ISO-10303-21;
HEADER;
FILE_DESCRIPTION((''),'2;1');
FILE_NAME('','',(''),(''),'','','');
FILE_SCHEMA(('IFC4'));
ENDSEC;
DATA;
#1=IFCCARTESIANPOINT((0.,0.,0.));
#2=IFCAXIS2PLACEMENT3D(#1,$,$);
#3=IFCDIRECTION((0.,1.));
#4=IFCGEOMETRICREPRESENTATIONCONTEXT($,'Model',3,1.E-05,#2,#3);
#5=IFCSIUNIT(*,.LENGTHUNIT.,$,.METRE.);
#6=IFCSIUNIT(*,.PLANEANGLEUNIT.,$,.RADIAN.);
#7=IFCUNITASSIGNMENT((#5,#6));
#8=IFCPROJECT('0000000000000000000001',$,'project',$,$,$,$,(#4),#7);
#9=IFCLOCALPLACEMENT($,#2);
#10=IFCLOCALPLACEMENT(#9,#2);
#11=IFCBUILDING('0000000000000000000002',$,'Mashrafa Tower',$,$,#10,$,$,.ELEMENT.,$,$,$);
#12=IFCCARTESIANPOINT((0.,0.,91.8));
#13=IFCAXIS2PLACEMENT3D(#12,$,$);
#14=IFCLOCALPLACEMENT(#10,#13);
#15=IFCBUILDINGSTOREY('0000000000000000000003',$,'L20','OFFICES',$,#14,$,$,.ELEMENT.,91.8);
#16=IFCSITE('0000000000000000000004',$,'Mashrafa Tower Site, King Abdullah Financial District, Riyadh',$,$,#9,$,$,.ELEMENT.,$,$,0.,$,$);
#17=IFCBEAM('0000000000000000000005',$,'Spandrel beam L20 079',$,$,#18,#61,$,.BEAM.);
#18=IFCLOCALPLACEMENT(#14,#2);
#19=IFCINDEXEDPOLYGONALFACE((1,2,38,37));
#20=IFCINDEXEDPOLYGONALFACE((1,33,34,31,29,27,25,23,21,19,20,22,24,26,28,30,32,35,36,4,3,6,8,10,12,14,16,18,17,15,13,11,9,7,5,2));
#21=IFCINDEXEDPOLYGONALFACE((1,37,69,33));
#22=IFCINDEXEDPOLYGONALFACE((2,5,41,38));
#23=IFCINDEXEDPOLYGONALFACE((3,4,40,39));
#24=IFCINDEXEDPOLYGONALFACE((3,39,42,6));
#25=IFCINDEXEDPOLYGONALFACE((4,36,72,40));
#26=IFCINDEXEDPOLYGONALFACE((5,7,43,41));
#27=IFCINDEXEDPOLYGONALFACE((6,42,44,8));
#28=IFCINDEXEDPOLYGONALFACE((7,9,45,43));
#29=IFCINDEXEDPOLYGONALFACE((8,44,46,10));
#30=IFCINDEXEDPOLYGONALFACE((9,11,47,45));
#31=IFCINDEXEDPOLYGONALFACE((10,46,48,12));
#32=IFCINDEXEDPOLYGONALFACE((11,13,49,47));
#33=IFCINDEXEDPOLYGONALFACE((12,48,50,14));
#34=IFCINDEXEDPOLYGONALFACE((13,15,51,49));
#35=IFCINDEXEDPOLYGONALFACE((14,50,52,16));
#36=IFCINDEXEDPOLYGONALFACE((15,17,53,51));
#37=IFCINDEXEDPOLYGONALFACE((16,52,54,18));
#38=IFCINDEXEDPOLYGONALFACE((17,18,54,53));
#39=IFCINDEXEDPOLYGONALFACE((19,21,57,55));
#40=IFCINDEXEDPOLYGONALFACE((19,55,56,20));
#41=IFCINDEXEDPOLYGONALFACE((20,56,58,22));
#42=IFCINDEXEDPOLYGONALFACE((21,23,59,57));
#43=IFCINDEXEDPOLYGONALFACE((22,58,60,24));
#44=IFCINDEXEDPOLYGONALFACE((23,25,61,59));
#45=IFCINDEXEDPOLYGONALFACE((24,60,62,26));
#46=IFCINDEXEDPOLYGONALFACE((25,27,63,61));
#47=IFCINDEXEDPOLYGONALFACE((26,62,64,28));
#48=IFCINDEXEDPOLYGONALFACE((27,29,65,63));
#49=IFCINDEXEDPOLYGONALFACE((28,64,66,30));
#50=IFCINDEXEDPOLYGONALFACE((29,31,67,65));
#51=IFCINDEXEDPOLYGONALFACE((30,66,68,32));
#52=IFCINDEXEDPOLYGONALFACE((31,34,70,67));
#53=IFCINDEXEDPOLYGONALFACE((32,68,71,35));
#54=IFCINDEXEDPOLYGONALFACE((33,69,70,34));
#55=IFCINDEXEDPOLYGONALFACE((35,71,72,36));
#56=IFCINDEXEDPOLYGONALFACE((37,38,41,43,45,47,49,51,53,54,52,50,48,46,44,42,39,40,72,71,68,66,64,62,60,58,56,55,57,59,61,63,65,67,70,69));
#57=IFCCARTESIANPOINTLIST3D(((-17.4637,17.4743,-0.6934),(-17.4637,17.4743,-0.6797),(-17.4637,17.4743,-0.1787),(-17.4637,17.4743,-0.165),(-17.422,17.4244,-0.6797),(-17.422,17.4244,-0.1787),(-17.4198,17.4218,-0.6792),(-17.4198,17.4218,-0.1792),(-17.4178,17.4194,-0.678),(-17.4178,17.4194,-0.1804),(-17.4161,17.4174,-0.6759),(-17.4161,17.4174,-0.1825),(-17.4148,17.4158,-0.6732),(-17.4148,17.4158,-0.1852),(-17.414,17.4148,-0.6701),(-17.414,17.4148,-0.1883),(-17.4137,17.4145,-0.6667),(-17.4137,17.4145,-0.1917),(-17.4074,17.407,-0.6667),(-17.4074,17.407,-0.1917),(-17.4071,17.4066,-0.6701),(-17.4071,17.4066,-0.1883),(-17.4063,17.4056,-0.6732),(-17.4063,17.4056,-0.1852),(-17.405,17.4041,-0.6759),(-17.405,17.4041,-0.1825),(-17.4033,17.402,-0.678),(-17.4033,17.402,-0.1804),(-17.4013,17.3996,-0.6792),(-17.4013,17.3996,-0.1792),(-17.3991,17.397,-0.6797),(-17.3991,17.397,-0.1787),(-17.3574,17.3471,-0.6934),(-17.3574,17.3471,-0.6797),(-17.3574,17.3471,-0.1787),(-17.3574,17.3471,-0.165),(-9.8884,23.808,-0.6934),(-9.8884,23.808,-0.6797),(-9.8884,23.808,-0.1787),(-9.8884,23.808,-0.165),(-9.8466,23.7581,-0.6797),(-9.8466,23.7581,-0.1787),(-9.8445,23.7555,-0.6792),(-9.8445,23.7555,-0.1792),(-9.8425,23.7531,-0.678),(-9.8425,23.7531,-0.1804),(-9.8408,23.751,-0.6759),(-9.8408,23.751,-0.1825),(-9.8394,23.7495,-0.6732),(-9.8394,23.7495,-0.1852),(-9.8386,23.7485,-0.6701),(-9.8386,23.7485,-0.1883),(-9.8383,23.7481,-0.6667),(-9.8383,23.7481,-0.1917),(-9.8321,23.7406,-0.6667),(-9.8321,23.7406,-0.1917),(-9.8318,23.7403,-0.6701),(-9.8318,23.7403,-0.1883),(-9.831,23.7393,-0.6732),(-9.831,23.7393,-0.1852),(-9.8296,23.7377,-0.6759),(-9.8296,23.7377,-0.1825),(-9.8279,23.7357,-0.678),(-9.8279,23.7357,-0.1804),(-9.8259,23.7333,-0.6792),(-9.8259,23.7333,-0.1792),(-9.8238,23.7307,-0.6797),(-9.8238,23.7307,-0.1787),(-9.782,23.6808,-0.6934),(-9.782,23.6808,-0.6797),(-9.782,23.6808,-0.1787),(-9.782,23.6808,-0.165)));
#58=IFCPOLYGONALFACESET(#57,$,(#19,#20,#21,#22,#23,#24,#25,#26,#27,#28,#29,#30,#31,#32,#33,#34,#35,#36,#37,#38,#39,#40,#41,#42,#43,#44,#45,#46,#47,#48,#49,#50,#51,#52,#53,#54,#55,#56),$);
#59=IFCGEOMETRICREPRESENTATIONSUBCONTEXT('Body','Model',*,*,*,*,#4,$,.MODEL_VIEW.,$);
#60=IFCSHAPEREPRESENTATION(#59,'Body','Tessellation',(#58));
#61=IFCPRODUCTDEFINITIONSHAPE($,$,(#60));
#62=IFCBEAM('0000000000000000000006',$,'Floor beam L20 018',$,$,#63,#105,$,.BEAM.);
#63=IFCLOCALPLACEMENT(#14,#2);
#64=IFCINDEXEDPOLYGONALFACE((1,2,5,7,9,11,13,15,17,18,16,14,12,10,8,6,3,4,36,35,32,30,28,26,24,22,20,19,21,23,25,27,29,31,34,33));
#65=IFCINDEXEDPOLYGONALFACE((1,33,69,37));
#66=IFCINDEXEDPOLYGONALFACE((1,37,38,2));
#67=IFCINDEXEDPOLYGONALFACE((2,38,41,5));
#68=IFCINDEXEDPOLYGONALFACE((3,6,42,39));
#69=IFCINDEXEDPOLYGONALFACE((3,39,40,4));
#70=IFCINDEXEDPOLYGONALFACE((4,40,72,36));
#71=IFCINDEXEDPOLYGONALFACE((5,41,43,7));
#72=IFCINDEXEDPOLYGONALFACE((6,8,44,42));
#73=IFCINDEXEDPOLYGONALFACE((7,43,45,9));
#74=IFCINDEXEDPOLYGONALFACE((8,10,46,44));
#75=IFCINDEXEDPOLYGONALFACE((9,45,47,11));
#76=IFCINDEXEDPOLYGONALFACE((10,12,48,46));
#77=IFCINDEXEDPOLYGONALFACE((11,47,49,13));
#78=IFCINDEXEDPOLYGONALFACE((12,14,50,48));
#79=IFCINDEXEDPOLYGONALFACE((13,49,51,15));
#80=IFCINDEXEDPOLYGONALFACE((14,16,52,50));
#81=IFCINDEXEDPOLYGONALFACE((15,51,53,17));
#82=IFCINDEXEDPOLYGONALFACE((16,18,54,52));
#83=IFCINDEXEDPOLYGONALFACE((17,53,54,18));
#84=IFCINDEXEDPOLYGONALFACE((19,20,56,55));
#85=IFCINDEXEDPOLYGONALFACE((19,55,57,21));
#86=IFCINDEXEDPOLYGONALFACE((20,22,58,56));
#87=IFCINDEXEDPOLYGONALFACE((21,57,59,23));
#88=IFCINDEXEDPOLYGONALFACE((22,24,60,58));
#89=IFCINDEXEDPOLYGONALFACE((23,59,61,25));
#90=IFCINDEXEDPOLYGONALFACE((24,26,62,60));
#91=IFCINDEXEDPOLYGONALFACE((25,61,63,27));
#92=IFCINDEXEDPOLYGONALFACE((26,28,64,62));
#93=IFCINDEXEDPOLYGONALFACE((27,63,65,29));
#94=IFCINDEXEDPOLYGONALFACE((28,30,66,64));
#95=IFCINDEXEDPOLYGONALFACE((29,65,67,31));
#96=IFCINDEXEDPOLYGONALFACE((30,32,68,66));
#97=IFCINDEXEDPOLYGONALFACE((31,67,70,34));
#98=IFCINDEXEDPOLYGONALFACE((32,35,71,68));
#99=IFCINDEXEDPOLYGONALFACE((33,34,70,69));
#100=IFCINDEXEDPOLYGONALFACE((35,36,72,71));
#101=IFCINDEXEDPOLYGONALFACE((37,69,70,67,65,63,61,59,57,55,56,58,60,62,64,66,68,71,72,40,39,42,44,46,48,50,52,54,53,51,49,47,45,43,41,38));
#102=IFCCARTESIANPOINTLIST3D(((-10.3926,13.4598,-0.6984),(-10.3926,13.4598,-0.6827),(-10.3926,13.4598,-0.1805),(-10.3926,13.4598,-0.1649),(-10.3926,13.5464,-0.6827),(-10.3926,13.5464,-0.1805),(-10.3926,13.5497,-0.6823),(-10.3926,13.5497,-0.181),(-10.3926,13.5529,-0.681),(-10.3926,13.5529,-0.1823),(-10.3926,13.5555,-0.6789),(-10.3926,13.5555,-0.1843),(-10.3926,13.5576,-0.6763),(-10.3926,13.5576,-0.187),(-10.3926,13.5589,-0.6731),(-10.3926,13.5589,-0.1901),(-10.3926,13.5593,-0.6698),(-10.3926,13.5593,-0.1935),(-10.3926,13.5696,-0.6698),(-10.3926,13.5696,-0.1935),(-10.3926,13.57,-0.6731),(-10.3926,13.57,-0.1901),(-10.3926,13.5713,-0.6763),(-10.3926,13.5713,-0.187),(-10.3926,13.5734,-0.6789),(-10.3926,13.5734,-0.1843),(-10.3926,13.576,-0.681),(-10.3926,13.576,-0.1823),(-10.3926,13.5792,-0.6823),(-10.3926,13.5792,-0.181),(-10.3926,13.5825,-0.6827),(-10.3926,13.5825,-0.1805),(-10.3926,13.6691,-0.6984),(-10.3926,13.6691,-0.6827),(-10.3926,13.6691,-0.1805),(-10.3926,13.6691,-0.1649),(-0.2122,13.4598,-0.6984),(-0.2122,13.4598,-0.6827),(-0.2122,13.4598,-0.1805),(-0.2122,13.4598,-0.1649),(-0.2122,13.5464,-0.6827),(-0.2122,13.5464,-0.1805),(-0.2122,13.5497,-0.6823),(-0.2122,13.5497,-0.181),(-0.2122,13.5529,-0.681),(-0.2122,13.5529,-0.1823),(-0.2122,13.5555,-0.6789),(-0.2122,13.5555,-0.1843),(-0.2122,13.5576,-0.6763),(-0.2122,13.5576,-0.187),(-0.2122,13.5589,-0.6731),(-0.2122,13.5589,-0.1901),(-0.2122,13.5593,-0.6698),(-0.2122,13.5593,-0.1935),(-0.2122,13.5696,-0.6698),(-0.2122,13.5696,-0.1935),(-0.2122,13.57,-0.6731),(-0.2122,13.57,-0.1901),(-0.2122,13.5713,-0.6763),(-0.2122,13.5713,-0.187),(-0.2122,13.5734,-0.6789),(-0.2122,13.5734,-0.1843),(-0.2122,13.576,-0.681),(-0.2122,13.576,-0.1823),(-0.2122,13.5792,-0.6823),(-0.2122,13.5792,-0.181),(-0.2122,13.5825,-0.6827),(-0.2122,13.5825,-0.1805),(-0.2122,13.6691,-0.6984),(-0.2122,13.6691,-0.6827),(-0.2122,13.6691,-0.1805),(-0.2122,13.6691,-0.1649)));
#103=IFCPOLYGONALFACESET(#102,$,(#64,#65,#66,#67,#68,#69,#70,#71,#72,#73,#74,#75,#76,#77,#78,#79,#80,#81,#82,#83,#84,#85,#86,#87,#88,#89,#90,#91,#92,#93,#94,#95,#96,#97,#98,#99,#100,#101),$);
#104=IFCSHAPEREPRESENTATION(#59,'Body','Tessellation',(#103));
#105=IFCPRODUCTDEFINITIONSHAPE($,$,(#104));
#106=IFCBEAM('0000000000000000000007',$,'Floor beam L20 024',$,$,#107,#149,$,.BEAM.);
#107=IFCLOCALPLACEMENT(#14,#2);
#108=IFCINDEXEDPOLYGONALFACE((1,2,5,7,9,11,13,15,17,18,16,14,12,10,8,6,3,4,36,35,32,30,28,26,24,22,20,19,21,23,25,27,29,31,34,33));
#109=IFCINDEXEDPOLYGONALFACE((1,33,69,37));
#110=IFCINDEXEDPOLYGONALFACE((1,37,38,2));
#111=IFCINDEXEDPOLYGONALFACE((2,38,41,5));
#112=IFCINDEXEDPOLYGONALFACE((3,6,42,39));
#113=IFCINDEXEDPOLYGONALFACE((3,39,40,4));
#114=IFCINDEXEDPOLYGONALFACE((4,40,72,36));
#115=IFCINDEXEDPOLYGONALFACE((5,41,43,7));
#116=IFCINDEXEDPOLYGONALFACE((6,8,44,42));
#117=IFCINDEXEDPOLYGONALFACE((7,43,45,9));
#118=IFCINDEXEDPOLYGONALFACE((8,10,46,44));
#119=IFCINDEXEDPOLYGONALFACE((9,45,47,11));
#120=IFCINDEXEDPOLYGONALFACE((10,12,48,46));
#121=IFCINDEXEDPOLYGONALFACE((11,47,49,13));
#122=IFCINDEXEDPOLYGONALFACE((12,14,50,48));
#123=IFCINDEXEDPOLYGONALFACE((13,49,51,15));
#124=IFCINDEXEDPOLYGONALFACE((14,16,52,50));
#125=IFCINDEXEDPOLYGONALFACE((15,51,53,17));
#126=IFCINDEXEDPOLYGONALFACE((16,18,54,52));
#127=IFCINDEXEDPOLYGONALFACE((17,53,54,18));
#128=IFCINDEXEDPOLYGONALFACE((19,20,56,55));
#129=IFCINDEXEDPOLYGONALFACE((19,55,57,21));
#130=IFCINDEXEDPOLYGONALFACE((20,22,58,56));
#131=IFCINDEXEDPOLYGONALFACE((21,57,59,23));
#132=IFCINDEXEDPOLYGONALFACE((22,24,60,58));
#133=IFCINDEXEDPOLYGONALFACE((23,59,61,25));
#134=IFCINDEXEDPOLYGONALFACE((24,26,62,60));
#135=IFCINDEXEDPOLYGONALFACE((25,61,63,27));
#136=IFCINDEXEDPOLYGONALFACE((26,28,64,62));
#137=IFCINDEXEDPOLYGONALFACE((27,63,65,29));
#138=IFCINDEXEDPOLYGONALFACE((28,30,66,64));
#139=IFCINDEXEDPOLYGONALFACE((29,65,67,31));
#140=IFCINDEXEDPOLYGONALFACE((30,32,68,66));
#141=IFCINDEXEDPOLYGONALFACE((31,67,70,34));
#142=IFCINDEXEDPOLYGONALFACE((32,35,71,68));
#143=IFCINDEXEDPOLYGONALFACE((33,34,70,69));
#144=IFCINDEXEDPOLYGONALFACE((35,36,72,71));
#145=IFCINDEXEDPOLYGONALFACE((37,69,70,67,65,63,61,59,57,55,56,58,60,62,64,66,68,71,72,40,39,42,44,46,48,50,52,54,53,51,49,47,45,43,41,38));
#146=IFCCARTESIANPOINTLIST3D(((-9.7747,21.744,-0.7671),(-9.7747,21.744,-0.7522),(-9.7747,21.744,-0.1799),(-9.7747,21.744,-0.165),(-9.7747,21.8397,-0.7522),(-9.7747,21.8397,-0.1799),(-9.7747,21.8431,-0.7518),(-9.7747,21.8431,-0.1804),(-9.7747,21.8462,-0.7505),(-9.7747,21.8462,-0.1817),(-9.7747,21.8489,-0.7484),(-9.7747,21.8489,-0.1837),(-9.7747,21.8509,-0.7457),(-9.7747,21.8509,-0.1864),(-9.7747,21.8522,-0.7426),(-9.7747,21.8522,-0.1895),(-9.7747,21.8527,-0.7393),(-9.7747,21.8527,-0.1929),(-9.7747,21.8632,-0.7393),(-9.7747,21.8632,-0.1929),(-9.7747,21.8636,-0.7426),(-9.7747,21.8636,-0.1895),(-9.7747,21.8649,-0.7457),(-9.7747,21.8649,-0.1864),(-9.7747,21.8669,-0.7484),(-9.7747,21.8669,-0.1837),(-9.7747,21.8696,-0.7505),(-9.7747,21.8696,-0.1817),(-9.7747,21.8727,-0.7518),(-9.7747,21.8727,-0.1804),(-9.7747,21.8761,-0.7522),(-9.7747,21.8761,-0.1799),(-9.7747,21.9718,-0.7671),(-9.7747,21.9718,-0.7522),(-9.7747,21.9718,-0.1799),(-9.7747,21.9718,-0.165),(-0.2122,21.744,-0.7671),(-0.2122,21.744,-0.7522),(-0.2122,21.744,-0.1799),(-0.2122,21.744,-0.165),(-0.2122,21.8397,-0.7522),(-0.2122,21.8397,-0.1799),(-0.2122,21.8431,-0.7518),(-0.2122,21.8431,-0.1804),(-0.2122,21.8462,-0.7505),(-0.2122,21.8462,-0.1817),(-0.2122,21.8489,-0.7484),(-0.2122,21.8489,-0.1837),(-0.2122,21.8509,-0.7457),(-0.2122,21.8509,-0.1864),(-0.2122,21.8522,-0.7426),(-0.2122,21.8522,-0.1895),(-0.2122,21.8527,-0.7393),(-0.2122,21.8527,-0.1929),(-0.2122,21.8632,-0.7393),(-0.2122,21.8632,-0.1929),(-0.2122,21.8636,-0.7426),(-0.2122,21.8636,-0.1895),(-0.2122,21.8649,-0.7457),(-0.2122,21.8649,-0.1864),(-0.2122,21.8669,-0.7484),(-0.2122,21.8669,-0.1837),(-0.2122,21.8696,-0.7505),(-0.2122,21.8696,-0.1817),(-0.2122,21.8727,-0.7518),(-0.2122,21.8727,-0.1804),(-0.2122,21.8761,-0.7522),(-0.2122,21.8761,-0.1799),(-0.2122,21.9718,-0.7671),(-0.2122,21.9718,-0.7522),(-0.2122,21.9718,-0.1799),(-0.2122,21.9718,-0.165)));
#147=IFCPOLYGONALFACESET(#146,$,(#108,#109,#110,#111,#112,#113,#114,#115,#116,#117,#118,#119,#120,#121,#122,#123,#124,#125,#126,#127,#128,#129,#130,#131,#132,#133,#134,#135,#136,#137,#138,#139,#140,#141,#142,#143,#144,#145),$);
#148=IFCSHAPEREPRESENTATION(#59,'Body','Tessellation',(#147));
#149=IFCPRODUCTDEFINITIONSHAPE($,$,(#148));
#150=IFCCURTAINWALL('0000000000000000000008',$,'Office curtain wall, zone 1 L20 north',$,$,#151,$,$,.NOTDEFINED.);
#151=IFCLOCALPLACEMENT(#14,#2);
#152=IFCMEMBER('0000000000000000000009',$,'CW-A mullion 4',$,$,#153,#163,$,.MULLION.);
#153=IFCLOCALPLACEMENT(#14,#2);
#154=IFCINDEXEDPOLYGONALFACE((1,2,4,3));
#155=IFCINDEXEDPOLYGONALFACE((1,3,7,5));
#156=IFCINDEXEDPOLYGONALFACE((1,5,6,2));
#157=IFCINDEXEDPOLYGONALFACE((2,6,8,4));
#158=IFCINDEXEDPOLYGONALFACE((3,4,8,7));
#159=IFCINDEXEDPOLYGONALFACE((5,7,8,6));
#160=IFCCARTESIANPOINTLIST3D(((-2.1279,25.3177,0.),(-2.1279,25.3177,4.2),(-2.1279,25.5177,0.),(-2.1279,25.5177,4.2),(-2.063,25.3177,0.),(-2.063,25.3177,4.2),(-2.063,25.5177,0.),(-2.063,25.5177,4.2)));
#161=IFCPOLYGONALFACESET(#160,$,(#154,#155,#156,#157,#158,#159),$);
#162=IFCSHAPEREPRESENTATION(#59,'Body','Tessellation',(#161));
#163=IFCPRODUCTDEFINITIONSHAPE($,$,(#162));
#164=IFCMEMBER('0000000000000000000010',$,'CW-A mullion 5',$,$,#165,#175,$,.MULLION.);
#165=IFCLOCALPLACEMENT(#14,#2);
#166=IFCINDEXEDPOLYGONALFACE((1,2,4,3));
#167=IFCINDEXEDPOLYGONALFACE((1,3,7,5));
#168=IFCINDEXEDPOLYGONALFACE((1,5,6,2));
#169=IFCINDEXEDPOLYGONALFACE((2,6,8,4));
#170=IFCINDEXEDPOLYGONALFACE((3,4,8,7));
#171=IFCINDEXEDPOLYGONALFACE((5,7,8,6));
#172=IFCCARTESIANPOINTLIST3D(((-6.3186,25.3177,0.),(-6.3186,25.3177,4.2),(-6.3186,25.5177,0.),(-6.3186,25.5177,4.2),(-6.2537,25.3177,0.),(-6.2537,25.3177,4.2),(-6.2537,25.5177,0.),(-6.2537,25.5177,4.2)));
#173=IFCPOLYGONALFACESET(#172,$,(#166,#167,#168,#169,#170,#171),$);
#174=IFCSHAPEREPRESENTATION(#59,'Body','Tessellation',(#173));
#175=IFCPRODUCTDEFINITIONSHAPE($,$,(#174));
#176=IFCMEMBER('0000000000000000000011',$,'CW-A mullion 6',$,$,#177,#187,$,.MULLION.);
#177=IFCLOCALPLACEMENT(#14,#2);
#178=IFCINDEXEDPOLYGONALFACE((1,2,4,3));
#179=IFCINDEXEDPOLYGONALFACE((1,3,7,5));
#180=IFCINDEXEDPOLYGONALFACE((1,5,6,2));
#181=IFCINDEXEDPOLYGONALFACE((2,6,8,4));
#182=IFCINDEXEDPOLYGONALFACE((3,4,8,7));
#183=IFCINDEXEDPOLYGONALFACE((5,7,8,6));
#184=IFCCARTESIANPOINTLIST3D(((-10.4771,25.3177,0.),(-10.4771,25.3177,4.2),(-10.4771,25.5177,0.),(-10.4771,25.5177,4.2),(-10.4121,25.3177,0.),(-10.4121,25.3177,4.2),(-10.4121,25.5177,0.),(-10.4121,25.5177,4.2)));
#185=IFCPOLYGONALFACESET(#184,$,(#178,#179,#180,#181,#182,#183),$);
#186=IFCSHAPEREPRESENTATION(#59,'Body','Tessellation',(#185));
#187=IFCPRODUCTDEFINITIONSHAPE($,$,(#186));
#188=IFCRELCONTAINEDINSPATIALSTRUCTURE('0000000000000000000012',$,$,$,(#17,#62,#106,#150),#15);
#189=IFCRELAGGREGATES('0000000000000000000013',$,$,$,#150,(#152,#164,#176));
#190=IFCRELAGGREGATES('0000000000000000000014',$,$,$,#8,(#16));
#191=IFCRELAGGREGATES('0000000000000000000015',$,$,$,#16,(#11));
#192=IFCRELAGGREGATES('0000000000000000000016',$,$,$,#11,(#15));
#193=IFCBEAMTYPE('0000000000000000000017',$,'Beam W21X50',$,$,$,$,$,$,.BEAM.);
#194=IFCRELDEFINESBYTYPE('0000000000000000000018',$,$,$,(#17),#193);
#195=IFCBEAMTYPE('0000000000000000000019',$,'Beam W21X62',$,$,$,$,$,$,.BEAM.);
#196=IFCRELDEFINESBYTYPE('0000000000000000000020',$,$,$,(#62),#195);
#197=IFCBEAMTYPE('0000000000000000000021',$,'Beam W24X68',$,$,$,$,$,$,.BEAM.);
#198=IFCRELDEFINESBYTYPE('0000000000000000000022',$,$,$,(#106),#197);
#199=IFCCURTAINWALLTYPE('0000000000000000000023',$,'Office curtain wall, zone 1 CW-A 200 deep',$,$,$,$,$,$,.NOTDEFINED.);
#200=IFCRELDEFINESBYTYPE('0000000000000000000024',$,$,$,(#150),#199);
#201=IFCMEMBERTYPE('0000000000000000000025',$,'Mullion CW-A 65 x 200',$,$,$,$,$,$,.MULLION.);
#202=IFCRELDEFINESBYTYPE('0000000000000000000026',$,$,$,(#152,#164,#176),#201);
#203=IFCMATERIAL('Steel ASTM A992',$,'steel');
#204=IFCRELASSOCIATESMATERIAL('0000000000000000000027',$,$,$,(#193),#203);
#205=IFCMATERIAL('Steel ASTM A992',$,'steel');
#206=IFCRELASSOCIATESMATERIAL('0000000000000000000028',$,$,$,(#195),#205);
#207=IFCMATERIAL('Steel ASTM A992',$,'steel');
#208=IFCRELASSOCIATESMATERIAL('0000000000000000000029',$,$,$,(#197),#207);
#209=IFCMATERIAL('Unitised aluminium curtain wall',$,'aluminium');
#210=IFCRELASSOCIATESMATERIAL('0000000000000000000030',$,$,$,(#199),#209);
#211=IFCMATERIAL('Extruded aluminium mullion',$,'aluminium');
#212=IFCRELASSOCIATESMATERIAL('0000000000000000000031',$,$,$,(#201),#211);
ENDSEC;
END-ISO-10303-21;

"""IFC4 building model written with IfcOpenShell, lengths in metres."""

from ifc_helpers import new_model, si_unit, direction, frame, origin, origin_2d, place, context, subcontext, project, spatial, rectangle, i_section, extrude, source, transform, mapped, material, material_profile, profile_set, type_object, type_shapes, element, aggregate, save


model = new_model("IFC4")

# Units and contexts
model_context = context("Model", 3, precision=1e-05, world=origin(), true_north=direction((0.0, 1.0)))
body_context = subcontext(model_context, "Body", "Model", "MODEL_VIEW")
ifc_project = project(units=[si_unit("LENGTHUNIT", "METRE"), si_unit("PLANEANGLEUNIT", "RADIAN")], contexts=[model_context])

# Site, building, storey
site_placement = place(None, origin())
site = spatial("IfcSite", under=ifc_project, at=site_placement, Name="Mashrafa Tower Site, King Abdullah Financial District, Riyadh", CompositionType="ELEMENT", RefElevation=0.0)
building_placement = place(site_placement, origin())
building = spatial("IfcBuilding", under=site, at=building_placement, Name="Mashrafa Tower", CompositionType="ELEMENT")
storey_placement = place(building_placement, frame((0.0, 0.0, 91.8)))
storey = spatial("IfcBuildingStorey", under=building, at=storey_placement, Name="L20", Description="OFFICES", CompositionType="ELEMENT", Elevation=91.8)

# Beams
ifc_material_1 = material(Name="Steel ASTM A992", Category="steel")
ifc_material_profile_1 = material_profile(ifc_material_1, i_section(OverallWidth=0.1658, OverallDepth=0.5283, WebThickness=0.0098, FlangeThickness=0.0137, FilletRadius=0.0129, at=origin_2d()), Name="W21X50")
ifc_profile_set_1 = profile_set([ifc_material_profile_1], Name="Steel ASTM A992")
beam_type_1 = type_object("IfcBeamType", Name="Beam W21X50", PredefinedType="BEAM", material=ifc_profile_set_1)
beam_1_placement = place(storey_placement, frame((-9.8352, 23.7444, -0.4292), z_axis=(-0.767181, -0.641431, 0.0), x_axis=(0.641431, -0.767181, 0.0)))
element("IfcBeam", 1, at=beam_1_placement, inside=storey, type_object=beam_type_1, Name="Spandrel beam L20 079", PredefinedType="BEAM", context=body_context, shape_type="SweptSolid", body=[
    extrude(i_section(OverallWidth=0.1658, OverallDepth=0.5283, WebThickness=0.0098, FlangeThickness=0.0137, FilletRadius=0.0129, at=origin_2d()), origin(), (0.0, 0.0, 1.0), 9.8743),
])
ifc_material_2 = material(Name="Steel ASTM A992", Category="steel")
ifc_material_profile_2 = material_profile(ifc_material_2, i_section(OverallWidth=0.2092, OverallDepth=0.5334, WebThickness=0.0103, FlangeThickness=0.0156, FilletRadius=0.0129, at=origin_2d()), Name="W21X62")
ifc_profile_set_2 = profile_set([ifc_material_profile_2], Name="Steel ASTM A992")
beam_type_2 = type_object("IfcBeamType", Name="Beam W21X62", PredefinedType="BEAM", material=ifc_profile_set_2)
beam_2_placement = place(storey_placement, frame((-10.3926, 13.5645, -0.4316), z_axis=(1.0, 0.0, 0.0), x_axis=(0.0, 1.0, 0.0)))
element("IfcBeam", 2, at=beam_2_placement, inside=storey, type_object=beam_type_2, Name="Floor beam L20 018", PredefinedType="BEAM", context=body_context, shape_type="SweptSolid", body=[
    extrude(i_section(OverallWidth=0.2092, OverallDepth=0.5334, WebThickness=0.0103, FlangeThickness=0.0156, FilletRadius=0.0129, at=origin_2d()), origin(), (0.0, 0.0, 1.0), 10.1804),
])
ifc_material_3 = material(Name="Steel ASTM A992", Category="steel")
ifc_material_profile_3 = material_profile(ifc_material_3, i_section(OverallWidth=0.2278, OverallDepth=0.6021, WebThickness=0.0105, FlangeThickness=0.0149, FilletRadius=0.0129, at=origin_2d()), Name="W24X68")
ifc_profile_set_3 = profile_set([ifc_material_profile_3], Name="Steel ASTM A992")
beam_type_3 = type_object("IfcBeamType", Name="Beam W24X68", PredefinedType="BEAM", material=ifc_profile_set_3)
beam_3_placement = place(storey_placement, frame((-9.7747, 21.8579, -0.4661), z_axis=(1.0, 0.0, 0.0), x_axis=(0.0, 1.0, 0.0)))
element("IfcBeam", 3, at=beam_3_placement, inside=storey, type_object=beam_type_3, Name="Floor beam L20 024", PredefinedType="BEAM", context=body_context, shape_type="SweptSolid", body=[
    extrude(i_section(OverallWidth=0.2278, OverallDepth=0.6021, WebThickness=0.0105, FlangeThickness=0.0149, FilletRadius=0.0129, at=origin_2d()), origin(), (0.0, 0.0, 1.0), 9.5625),
])

# Curtain wall, members
ifc_material_4 = material(Name="Unitised aluminium curtain wall", Category="aluminium")
curtain_wall_type = type_object("IfcCurtainWallType", Name="Office curtain wall, zone 1 CW-A 200 deep", PredefinedType="NOTDEFINED", material=ifc_material_4)
curtain_wall_1_placement = place(storey_placement, origin())
curtain_wall_1 = element("IfcCurtainWall", 4, at=curtain_wall_1_placement, inside=storey, type_object=curtain_wall_type, Name="Office curtain wall, zone 1 L20 north", PredefinedType="NOTDEFINED")
ifc_material_5 = material(Name="Extruded aluminium mullion", Category="aluminium")
ifc_material_profile_4 = material_profile(ifc_material_5, rectangle(XDim=0.2, YDim=0.0649, at=origin_2d()), Name="Mullion 65x200")
ifc_profile_set_4 = profile_set([ifc_material_profile_4], Name="Extruded aluminium mullion")
member_type_1 = type_object("IfcMemberType", Name="Mullion CW-A 65 x 200", PredefinedType="MULLION", material=ifc_profile_set_4)
shared_shape_1 = source(origin(), body_context, "Body", "SweptSolid", [
    extrude(rectangle(XDim=0.2, YDim=0.0649, at=origin_2d()), origin(), (0.0, 0.0, 1.0), 4.2),
])
type_shapes(member_type_1, [shared_shape_1])
member_1_placement = place(storey_placement, frame((-2.0955, 25.4177, 0.0), z_axis=(0.0, 0.0, 1.0), x_axis=(0.0, -1.0, 0.0)))
member_1 = element("IfcMember", 5, at=member_1_placement, type_object=member_type_1, Name="CW-A mullion 4", PredefinedType="MULLION", context=body_context, shape_type="MappedRepresentation", body=[
    mapped(shared_shape_1, transform((0.0, 0.0, 0.0))),
])
member_2_placement = place(storey_placement, frame((-6.2861, 25.4177, 0.0), z_axis=(0.0, 0.0, 1.0), x_axis=(0.0, -1.0, 0.0)))
member_2 = element("IfcMember", 6, at=member_2_placement, type_object=member_type_1, Name="CW-A mullion 5", PredefinedType="MULLION", context=body_context, shape_type="MappedRepresentation", body=[
    mapped(shared_shape_1, transform((0.0, 0.0, 0.0))),
])
member_3_placement = place(storey_placement, frame((-10.4446, 25.4177, 0.0), z_axis=(0.0, 0.0, 1.0), x_axis=(0.0, -1.0, 0.0)))
member_3 = element("IfcMember", 7, at=member_3_placement, type_object=member_type_1, Name="CW-A mullion 6", PredefinedType="MULLION", context=body_context, shape_type="MappedRepresentation", body=[
    mapped(shared_shape_1, transform((0.0, 0.0, 0.0))),
])

aggregate(curtain_wall_1, [member_1, member_2, member_3])

save(model, "model.ifc")
